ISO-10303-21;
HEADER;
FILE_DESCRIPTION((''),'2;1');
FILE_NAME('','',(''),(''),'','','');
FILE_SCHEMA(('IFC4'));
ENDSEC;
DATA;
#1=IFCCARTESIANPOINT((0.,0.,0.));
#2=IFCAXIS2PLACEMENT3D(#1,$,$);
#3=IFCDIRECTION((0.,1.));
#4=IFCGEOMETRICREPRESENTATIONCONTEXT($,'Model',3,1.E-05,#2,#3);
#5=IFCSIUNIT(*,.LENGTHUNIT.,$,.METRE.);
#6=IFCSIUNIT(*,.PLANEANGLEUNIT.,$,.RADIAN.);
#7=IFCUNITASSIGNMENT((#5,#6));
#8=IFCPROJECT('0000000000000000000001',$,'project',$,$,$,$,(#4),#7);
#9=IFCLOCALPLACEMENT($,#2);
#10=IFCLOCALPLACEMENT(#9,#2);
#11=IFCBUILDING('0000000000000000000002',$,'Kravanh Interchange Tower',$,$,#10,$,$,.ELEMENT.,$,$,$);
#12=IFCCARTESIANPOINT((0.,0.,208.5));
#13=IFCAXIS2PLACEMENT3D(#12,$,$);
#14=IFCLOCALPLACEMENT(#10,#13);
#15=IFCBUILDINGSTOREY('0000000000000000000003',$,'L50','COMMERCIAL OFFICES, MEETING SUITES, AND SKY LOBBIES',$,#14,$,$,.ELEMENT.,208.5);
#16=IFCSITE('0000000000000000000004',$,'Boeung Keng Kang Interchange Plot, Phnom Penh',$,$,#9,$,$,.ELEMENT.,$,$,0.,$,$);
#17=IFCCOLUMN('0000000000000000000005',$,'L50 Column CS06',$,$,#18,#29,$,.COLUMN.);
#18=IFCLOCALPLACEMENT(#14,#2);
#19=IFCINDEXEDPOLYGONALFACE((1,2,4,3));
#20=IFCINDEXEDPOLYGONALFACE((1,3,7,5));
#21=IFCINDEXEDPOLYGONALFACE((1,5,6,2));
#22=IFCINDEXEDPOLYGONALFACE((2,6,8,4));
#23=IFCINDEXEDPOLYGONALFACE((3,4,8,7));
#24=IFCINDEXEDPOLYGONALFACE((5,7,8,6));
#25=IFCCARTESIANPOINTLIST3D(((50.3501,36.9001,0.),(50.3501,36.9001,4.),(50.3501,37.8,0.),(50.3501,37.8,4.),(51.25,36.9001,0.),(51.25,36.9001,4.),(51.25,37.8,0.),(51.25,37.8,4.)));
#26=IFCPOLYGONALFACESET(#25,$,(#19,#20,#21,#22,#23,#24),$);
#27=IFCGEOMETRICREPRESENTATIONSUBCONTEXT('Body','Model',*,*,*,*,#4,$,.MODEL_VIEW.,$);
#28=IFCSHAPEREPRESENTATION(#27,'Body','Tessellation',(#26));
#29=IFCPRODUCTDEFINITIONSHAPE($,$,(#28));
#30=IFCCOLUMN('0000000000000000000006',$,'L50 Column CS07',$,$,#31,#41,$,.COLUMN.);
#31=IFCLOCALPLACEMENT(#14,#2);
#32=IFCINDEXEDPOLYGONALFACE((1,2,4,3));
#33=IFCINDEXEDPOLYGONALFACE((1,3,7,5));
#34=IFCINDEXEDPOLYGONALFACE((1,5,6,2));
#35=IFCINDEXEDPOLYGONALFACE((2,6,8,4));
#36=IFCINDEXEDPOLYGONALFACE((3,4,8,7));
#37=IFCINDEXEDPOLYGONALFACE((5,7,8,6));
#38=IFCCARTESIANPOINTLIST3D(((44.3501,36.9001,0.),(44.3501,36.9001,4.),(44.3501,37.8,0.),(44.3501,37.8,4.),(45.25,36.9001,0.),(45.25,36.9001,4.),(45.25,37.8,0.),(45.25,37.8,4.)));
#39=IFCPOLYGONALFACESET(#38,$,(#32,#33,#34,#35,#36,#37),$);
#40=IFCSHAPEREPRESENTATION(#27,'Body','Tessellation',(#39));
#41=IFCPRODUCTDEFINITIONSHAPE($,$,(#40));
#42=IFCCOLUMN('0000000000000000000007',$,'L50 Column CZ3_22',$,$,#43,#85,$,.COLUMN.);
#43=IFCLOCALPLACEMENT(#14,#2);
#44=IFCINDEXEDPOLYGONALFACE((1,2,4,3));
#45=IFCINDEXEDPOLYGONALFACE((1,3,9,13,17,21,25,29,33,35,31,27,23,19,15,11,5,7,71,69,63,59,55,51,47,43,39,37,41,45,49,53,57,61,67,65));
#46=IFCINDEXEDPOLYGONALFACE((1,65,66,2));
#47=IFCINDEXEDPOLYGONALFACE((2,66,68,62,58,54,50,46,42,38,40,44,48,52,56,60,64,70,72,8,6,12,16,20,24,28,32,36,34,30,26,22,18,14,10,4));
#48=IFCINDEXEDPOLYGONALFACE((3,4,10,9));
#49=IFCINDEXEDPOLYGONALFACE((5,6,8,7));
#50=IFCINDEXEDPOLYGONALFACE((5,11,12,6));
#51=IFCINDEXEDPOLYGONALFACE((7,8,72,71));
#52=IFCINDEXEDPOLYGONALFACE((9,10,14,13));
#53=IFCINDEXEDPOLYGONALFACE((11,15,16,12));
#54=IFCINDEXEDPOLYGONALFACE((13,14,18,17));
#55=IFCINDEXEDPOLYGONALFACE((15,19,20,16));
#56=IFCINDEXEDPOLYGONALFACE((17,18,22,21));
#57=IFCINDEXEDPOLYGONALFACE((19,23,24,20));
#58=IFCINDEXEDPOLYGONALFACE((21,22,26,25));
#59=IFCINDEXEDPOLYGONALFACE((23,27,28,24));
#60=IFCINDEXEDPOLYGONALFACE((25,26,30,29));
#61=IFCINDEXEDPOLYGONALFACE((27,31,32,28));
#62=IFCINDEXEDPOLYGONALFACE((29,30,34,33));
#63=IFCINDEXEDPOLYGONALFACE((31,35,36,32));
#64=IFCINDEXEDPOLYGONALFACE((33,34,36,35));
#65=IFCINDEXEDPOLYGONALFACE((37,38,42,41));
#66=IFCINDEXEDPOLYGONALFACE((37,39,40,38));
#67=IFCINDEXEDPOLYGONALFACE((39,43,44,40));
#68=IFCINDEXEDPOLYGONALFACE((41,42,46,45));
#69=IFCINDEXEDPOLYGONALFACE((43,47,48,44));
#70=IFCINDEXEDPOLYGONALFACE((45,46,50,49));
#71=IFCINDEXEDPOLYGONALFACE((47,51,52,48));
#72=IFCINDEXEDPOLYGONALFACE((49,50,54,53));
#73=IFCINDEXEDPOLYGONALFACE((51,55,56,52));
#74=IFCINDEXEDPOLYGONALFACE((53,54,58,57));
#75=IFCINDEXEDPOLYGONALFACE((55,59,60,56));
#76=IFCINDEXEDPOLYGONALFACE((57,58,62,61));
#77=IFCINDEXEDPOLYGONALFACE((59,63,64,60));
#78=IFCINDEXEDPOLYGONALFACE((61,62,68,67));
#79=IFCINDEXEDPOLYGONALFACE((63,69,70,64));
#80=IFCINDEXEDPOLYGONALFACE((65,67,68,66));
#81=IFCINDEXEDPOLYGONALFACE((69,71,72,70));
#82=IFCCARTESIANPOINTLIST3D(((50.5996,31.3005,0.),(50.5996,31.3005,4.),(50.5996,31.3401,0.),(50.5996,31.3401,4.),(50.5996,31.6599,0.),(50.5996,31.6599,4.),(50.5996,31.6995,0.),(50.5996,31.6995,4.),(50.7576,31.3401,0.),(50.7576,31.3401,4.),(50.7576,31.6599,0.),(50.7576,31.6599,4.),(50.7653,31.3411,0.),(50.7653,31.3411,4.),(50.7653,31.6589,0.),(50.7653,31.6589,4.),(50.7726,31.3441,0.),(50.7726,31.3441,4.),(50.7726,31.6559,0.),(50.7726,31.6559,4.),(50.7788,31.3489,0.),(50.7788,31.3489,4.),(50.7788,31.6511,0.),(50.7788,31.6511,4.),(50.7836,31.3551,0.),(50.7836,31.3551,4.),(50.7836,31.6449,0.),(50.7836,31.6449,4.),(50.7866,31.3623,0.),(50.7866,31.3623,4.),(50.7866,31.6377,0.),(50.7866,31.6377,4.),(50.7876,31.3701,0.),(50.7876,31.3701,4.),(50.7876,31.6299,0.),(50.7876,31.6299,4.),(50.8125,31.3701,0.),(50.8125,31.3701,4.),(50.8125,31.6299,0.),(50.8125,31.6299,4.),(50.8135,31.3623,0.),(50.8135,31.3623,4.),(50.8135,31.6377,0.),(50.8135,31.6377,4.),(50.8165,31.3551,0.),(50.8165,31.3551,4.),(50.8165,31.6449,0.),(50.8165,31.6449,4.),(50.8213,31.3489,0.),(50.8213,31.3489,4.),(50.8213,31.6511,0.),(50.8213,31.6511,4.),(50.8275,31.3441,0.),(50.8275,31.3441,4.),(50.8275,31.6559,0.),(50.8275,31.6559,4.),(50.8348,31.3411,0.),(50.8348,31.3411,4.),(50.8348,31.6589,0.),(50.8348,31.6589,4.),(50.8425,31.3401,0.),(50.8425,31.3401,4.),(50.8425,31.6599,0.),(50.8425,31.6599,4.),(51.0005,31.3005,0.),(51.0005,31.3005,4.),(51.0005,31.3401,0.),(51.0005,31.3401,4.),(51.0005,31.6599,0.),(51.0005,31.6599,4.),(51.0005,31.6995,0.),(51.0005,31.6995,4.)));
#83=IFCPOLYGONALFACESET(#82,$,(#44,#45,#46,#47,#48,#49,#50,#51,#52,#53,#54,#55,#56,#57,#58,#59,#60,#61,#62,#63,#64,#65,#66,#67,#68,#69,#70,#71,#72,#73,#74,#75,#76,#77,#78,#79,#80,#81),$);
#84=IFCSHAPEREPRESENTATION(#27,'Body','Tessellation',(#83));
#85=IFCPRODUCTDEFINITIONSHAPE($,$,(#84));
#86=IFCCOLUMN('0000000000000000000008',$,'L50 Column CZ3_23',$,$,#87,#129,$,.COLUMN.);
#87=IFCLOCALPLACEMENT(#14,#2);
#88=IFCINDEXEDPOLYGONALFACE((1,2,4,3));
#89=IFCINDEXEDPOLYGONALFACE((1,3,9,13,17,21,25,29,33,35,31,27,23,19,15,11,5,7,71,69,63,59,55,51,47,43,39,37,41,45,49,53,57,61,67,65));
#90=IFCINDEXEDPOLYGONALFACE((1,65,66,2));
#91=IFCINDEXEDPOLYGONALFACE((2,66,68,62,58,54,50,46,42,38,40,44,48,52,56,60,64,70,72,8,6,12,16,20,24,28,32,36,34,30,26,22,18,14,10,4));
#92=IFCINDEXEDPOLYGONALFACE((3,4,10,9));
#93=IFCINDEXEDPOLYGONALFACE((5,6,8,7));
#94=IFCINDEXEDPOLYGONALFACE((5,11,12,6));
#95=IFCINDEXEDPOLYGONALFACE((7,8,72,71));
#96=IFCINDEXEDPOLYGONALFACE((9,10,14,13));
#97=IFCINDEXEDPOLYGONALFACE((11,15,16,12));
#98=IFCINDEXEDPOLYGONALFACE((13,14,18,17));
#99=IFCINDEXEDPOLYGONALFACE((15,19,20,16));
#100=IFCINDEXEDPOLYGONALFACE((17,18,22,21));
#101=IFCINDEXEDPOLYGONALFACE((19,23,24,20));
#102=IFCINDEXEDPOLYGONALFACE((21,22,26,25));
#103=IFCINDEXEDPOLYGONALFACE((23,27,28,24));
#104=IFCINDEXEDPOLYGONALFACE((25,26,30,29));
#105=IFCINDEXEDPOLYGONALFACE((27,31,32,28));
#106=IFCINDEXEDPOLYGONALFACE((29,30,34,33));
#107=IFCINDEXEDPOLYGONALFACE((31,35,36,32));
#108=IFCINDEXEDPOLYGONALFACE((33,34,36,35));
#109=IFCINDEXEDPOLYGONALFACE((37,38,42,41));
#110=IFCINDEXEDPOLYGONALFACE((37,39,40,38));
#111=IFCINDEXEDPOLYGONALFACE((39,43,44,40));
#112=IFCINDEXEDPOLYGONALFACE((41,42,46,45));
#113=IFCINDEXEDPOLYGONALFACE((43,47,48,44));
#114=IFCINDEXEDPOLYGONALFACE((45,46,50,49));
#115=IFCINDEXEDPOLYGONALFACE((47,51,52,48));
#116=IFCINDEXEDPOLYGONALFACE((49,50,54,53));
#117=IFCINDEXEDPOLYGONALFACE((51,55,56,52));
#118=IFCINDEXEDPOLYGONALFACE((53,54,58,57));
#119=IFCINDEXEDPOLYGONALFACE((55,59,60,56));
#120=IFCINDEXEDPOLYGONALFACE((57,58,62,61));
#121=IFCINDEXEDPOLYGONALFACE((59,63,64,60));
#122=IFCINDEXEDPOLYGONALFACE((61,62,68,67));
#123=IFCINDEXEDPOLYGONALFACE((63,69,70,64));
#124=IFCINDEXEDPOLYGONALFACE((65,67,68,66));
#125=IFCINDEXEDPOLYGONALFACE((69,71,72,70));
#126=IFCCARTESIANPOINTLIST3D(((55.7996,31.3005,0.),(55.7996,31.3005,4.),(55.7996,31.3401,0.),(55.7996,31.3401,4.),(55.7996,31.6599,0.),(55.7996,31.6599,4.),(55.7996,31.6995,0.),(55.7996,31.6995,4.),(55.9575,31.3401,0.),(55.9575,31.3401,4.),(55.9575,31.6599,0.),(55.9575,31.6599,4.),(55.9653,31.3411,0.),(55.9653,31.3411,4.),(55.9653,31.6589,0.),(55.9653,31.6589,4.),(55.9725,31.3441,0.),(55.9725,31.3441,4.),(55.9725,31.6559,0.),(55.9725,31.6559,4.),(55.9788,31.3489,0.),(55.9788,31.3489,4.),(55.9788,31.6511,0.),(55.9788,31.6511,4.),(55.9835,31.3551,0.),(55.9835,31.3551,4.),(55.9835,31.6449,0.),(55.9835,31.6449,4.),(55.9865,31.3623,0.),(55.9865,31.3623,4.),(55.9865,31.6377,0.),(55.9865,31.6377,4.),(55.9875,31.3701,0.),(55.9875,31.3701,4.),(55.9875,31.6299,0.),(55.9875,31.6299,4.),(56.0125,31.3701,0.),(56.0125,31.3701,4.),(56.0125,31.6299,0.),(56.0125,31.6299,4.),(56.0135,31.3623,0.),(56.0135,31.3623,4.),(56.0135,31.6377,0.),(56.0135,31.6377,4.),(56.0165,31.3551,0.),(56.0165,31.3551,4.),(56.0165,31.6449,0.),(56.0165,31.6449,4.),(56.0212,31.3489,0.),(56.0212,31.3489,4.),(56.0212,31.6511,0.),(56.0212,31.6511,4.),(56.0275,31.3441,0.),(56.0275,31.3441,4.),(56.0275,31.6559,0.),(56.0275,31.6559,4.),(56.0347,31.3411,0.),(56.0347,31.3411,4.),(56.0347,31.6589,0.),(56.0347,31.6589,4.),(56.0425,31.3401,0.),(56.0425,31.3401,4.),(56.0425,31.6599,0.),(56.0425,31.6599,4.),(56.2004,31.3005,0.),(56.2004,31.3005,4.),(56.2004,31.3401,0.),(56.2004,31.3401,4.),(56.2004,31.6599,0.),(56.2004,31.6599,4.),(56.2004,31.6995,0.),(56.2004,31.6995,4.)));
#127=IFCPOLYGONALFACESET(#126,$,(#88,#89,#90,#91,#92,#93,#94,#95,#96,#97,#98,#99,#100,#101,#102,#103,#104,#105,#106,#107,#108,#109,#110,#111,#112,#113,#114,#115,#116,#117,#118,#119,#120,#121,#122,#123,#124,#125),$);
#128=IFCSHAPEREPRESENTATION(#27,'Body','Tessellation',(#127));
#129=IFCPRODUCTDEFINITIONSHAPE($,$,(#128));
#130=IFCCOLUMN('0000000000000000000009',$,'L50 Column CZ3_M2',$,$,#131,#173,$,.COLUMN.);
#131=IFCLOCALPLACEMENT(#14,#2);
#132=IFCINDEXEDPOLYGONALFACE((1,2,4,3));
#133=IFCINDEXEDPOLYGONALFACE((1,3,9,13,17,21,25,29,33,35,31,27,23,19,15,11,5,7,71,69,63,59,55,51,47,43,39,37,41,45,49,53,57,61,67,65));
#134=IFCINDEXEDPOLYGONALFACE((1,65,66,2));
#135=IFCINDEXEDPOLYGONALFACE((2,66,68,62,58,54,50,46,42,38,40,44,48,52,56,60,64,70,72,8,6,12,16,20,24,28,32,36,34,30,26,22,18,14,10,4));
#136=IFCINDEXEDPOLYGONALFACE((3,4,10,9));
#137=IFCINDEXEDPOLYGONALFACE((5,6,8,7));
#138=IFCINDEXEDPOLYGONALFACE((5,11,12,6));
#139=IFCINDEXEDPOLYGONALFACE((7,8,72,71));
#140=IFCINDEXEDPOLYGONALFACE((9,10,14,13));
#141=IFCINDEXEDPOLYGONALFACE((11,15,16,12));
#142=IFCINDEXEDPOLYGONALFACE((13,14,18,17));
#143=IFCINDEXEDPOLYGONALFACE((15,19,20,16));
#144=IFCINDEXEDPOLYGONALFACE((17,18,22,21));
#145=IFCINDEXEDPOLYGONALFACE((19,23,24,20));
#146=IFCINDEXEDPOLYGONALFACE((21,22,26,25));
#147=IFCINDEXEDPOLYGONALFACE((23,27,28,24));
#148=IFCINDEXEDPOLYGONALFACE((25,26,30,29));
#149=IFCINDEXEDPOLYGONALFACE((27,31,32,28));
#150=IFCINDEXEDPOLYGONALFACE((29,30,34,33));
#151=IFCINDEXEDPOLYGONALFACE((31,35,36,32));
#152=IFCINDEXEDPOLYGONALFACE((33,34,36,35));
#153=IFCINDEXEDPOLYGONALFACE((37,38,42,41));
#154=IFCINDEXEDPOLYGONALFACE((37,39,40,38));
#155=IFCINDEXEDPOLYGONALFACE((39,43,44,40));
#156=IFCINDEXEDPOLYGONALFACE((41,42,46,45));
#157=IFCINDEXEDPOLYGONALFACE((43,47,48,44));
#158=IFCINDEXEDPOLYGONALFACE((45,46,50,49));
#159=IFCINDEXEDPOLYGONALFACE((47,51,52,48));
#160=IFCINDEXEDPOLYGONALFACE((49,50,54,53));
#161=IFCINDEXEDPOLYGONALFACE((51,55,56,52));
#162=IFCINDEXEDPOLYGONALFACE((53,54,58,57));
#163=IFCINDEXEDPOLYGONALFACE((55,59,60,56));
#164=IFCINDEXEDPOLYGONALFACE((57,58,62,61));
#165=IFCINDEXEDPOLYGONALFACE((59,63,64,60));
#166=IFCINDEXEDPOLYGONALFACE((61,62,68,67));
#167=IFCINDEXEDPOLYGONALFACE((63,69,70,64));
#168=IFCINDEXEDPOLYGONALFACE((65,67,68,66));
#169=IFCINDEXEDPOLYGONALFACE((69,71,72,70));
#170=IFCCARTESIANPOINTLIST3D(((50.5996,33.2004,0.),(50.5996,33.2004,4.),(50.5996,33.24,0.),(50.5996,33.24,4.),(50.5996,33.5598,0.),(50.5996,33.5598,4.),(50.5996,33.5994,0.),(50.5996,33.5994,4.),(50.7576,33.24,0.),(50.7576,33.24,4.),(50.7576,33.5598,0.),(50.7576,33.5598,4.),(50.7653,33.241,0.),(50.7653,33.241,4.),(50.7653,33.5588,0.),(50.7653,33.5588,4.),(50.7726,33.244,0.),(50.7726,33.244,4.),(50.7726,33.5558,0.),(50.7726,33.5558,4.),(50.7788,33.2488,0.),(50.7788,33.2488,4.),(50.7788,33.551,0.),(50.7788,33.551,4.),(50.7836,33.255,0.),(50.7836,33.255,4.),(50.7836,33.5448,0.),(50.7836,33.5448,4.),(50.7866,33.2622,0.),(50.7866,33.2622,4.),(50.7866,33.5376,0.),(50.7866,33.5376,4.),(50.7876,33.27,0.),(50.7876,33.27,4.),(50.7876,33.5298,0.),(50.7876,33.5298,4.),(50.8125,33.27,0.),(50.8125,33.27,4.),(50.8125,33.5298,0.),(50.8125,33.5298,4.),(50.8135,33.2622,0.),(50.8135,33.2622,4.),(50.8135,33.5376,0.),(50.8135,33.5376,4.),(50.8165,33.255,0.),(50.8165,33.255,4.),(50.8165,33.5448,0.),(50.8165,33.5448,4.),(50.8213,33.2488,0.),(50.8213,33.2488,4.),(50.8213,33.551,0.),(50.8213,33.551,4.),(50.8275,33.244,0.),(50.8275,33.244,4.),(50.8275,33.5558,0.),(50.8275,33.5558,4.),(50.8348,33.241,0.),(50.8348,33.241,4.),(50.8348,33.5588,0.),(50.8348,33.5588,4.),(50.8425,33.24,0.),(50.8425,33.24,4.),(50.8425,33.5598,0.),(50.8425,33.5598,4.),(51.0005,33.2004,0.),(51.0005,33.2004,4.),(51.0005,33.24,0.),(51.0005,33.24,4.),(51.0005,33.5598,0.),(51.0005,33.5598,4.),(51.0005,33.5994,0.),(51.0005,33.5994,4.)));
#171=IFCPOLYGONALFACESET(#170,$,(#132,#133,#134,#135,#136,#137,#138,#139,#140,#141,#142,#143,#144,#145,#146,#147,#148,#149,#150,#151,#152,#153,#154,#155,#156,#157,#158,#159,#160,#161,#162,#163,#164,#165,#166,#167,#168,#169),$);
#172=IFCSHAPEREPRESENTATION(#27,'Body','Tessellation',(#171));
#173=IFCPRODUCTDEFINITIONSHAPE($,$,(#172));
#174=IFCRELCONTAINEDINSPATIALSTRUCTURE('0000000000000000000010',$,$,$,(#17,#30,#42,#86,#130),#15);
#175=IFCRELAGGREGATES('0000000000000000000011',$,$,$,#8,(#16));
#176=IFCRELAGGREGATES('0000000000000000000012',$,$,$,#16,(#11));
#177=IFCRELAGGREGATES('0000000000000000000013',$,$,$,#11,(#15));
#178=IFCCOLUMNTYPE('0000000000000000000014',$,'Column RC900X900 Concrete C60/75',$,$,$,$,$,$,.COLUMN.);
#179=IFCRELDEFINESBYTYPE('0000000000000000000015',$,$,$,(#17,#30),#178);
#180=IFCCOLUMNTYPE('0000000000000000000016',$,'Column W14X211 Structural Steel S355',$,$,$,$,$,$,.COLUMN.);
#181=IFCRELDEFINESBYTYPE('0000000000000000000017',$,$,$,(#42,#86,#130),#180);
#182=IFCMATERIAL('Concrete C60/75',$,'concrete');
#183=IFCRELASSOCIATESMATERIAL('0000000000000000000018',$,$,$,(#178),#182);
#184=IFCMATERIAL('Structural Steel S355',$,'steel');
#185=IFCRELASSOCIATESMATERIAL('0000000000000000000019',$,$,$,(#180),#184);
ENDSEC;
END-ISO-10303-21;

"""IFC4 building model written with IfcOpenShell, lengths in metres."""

from ifc_helpers import new_model, si_unit, direction, frame, origin, origin_2d, place, context, subcontext, project, spatial, rectangle, i_section, extrude, material, material_profile, profile_set, type_object, element, save


model = new_model("IFC4")

# Units and contexts
model_context = context("Model", 3, precision=1e-05, world=origin(), true_north=direction((0.0, 1.0)))
body_context = subcontext(model_context, "Body", "Model", "MODEL_VIEW")
ifc_project = project(units=[si_unit("LENGTHUNIT", "METRE"), si_unit("PLANEANGLEUNIT", "RADIAN")], contexts=[model_context])

# Site, building, storey
site_placement = place(None, origin())
site = spatial("IfcSite", under=ifc_project, at=site_placement, Name="Boeung Keng Kang Interchange Plot, Phnom Penh", CompositionType="ELEMENT", RefElevation=0.0)
building_placement = place(site_placement, origin())
building = spatial("IfcBuilding", under=site, at=building_placement, Name="Kravanh Interchange Tower", CompositionType="ELEMENT")
storey_placement = place(building_placement, frame((0.0, 0.0, 208.5)))
storey = spatial("IfcBuildingStorey", under=building, at=storey_placement, Name="L50", Description="COMMERCIAL OFFICES, MEETING SUITES, AND SKY LOBBIES", CompositionType="ELEMENT", Elevation=208.5)

# Columns
ifc_material_1 = material(Name="Concrete C60/75", Category="concrete")
ifc_material_profile_1 = material_profile(ifc_material_1, rectangle(XDim=0.8999, YDim=0.8999, at=origin_2d()), Name="RC900X900")
ifc_profile_set_1 = profile_set([ifc_material_profile_1], Name="Concrete C60/75")
column_type_1 = type_object("IfcColumnType", Name="Column RC900X900 Concrete C60/75", PredefinedType="COLUMN", material=ifc_profile_set_1)
for number, where, z_axis, x_axis, name in (
    (1, (50.8, 37.3501, 0.0), (0.0, 0.0, 1.0), (1.0, 0.0, 0.0), "L50 Column CS06"),
    (2, (44.8, 37.3501, 0.0), (0.0, 0.0, 1.0), (1.0, 0.0, 0.0), "L50 Column CS07"),
):
    element("IfcColumn", number, at=place(storey_placement, frame(where, z_axis=z_axis, x_axis=x_axis)), inside=storey, type_object=column_type_1, Name=name, PredefinedType="COLUMN", context=body_context, shape_type="SweptSolid", body=[
        extrude(rectangle(XDim=0.8999, YDim=0.8999, at=origin_2d()), origin(), (0.0, 0.0, 1.0), 4.0),
    ])
ifc_material_2 = material(Name="Structural Steel S355", Category="steel")
ifc_material_profile_2 = material_profile(ifc_material_2, i_section(OverallWidth=0.4009, OverallDepth=0.3989, WebThickness=0.0249, FlangeThickness=0.0396, FilletRadius=0.03, at=origin_2d()), Name="W14X211")
ifc_profile_set_2 = profile_set([ifc_material_profile_2], Name="Structural Steel S355")
column_type_2 = type_object("IfcColumnType", Name="Column W14X211 Structural Steel S355", PredefinedType="COLUMN", material=ifc_profile_set_2)
for number, where, z_axis, x_axis, name in (
    (3, (50.8, 31.5, 0.0), (0.0, 0.0, 1.0), (1.0, 0.0, 0.0), "L50 Column CZ3_22"),
    (4, (56.0, 31.5, 0.0), (0.0, 0.0, 1.0), (1.0, 0.0, 0.0), "L50 Column CZ3_23"),
    (5, (50.8, 33.3999, 0.0), (0.0, 0.0, 1.0), (1.0, 0.0, 0.0), "L50 Column CZ3_M2"),
):
    element("IfcColumn", number, at=place(storey_placement, frame(where, z_axis=z_axis, x_axis=x_axis)), inside=storey, type_object=column_type_2, Name=name, PredefinedType="COLUMN", context=body_context, shape_type="SweptSolid", body=[
        extrude(i_section(OverallWidth=0.4009, OverallDepth=0.3989, WebThickness=0.0249, FlangeThickness=0.0396, FilletRadius=0.03, at=origin_2d()), origin(), (0.0, 0.0, 1.0), 4.0),
    ])

save(model, "model.ifc")
